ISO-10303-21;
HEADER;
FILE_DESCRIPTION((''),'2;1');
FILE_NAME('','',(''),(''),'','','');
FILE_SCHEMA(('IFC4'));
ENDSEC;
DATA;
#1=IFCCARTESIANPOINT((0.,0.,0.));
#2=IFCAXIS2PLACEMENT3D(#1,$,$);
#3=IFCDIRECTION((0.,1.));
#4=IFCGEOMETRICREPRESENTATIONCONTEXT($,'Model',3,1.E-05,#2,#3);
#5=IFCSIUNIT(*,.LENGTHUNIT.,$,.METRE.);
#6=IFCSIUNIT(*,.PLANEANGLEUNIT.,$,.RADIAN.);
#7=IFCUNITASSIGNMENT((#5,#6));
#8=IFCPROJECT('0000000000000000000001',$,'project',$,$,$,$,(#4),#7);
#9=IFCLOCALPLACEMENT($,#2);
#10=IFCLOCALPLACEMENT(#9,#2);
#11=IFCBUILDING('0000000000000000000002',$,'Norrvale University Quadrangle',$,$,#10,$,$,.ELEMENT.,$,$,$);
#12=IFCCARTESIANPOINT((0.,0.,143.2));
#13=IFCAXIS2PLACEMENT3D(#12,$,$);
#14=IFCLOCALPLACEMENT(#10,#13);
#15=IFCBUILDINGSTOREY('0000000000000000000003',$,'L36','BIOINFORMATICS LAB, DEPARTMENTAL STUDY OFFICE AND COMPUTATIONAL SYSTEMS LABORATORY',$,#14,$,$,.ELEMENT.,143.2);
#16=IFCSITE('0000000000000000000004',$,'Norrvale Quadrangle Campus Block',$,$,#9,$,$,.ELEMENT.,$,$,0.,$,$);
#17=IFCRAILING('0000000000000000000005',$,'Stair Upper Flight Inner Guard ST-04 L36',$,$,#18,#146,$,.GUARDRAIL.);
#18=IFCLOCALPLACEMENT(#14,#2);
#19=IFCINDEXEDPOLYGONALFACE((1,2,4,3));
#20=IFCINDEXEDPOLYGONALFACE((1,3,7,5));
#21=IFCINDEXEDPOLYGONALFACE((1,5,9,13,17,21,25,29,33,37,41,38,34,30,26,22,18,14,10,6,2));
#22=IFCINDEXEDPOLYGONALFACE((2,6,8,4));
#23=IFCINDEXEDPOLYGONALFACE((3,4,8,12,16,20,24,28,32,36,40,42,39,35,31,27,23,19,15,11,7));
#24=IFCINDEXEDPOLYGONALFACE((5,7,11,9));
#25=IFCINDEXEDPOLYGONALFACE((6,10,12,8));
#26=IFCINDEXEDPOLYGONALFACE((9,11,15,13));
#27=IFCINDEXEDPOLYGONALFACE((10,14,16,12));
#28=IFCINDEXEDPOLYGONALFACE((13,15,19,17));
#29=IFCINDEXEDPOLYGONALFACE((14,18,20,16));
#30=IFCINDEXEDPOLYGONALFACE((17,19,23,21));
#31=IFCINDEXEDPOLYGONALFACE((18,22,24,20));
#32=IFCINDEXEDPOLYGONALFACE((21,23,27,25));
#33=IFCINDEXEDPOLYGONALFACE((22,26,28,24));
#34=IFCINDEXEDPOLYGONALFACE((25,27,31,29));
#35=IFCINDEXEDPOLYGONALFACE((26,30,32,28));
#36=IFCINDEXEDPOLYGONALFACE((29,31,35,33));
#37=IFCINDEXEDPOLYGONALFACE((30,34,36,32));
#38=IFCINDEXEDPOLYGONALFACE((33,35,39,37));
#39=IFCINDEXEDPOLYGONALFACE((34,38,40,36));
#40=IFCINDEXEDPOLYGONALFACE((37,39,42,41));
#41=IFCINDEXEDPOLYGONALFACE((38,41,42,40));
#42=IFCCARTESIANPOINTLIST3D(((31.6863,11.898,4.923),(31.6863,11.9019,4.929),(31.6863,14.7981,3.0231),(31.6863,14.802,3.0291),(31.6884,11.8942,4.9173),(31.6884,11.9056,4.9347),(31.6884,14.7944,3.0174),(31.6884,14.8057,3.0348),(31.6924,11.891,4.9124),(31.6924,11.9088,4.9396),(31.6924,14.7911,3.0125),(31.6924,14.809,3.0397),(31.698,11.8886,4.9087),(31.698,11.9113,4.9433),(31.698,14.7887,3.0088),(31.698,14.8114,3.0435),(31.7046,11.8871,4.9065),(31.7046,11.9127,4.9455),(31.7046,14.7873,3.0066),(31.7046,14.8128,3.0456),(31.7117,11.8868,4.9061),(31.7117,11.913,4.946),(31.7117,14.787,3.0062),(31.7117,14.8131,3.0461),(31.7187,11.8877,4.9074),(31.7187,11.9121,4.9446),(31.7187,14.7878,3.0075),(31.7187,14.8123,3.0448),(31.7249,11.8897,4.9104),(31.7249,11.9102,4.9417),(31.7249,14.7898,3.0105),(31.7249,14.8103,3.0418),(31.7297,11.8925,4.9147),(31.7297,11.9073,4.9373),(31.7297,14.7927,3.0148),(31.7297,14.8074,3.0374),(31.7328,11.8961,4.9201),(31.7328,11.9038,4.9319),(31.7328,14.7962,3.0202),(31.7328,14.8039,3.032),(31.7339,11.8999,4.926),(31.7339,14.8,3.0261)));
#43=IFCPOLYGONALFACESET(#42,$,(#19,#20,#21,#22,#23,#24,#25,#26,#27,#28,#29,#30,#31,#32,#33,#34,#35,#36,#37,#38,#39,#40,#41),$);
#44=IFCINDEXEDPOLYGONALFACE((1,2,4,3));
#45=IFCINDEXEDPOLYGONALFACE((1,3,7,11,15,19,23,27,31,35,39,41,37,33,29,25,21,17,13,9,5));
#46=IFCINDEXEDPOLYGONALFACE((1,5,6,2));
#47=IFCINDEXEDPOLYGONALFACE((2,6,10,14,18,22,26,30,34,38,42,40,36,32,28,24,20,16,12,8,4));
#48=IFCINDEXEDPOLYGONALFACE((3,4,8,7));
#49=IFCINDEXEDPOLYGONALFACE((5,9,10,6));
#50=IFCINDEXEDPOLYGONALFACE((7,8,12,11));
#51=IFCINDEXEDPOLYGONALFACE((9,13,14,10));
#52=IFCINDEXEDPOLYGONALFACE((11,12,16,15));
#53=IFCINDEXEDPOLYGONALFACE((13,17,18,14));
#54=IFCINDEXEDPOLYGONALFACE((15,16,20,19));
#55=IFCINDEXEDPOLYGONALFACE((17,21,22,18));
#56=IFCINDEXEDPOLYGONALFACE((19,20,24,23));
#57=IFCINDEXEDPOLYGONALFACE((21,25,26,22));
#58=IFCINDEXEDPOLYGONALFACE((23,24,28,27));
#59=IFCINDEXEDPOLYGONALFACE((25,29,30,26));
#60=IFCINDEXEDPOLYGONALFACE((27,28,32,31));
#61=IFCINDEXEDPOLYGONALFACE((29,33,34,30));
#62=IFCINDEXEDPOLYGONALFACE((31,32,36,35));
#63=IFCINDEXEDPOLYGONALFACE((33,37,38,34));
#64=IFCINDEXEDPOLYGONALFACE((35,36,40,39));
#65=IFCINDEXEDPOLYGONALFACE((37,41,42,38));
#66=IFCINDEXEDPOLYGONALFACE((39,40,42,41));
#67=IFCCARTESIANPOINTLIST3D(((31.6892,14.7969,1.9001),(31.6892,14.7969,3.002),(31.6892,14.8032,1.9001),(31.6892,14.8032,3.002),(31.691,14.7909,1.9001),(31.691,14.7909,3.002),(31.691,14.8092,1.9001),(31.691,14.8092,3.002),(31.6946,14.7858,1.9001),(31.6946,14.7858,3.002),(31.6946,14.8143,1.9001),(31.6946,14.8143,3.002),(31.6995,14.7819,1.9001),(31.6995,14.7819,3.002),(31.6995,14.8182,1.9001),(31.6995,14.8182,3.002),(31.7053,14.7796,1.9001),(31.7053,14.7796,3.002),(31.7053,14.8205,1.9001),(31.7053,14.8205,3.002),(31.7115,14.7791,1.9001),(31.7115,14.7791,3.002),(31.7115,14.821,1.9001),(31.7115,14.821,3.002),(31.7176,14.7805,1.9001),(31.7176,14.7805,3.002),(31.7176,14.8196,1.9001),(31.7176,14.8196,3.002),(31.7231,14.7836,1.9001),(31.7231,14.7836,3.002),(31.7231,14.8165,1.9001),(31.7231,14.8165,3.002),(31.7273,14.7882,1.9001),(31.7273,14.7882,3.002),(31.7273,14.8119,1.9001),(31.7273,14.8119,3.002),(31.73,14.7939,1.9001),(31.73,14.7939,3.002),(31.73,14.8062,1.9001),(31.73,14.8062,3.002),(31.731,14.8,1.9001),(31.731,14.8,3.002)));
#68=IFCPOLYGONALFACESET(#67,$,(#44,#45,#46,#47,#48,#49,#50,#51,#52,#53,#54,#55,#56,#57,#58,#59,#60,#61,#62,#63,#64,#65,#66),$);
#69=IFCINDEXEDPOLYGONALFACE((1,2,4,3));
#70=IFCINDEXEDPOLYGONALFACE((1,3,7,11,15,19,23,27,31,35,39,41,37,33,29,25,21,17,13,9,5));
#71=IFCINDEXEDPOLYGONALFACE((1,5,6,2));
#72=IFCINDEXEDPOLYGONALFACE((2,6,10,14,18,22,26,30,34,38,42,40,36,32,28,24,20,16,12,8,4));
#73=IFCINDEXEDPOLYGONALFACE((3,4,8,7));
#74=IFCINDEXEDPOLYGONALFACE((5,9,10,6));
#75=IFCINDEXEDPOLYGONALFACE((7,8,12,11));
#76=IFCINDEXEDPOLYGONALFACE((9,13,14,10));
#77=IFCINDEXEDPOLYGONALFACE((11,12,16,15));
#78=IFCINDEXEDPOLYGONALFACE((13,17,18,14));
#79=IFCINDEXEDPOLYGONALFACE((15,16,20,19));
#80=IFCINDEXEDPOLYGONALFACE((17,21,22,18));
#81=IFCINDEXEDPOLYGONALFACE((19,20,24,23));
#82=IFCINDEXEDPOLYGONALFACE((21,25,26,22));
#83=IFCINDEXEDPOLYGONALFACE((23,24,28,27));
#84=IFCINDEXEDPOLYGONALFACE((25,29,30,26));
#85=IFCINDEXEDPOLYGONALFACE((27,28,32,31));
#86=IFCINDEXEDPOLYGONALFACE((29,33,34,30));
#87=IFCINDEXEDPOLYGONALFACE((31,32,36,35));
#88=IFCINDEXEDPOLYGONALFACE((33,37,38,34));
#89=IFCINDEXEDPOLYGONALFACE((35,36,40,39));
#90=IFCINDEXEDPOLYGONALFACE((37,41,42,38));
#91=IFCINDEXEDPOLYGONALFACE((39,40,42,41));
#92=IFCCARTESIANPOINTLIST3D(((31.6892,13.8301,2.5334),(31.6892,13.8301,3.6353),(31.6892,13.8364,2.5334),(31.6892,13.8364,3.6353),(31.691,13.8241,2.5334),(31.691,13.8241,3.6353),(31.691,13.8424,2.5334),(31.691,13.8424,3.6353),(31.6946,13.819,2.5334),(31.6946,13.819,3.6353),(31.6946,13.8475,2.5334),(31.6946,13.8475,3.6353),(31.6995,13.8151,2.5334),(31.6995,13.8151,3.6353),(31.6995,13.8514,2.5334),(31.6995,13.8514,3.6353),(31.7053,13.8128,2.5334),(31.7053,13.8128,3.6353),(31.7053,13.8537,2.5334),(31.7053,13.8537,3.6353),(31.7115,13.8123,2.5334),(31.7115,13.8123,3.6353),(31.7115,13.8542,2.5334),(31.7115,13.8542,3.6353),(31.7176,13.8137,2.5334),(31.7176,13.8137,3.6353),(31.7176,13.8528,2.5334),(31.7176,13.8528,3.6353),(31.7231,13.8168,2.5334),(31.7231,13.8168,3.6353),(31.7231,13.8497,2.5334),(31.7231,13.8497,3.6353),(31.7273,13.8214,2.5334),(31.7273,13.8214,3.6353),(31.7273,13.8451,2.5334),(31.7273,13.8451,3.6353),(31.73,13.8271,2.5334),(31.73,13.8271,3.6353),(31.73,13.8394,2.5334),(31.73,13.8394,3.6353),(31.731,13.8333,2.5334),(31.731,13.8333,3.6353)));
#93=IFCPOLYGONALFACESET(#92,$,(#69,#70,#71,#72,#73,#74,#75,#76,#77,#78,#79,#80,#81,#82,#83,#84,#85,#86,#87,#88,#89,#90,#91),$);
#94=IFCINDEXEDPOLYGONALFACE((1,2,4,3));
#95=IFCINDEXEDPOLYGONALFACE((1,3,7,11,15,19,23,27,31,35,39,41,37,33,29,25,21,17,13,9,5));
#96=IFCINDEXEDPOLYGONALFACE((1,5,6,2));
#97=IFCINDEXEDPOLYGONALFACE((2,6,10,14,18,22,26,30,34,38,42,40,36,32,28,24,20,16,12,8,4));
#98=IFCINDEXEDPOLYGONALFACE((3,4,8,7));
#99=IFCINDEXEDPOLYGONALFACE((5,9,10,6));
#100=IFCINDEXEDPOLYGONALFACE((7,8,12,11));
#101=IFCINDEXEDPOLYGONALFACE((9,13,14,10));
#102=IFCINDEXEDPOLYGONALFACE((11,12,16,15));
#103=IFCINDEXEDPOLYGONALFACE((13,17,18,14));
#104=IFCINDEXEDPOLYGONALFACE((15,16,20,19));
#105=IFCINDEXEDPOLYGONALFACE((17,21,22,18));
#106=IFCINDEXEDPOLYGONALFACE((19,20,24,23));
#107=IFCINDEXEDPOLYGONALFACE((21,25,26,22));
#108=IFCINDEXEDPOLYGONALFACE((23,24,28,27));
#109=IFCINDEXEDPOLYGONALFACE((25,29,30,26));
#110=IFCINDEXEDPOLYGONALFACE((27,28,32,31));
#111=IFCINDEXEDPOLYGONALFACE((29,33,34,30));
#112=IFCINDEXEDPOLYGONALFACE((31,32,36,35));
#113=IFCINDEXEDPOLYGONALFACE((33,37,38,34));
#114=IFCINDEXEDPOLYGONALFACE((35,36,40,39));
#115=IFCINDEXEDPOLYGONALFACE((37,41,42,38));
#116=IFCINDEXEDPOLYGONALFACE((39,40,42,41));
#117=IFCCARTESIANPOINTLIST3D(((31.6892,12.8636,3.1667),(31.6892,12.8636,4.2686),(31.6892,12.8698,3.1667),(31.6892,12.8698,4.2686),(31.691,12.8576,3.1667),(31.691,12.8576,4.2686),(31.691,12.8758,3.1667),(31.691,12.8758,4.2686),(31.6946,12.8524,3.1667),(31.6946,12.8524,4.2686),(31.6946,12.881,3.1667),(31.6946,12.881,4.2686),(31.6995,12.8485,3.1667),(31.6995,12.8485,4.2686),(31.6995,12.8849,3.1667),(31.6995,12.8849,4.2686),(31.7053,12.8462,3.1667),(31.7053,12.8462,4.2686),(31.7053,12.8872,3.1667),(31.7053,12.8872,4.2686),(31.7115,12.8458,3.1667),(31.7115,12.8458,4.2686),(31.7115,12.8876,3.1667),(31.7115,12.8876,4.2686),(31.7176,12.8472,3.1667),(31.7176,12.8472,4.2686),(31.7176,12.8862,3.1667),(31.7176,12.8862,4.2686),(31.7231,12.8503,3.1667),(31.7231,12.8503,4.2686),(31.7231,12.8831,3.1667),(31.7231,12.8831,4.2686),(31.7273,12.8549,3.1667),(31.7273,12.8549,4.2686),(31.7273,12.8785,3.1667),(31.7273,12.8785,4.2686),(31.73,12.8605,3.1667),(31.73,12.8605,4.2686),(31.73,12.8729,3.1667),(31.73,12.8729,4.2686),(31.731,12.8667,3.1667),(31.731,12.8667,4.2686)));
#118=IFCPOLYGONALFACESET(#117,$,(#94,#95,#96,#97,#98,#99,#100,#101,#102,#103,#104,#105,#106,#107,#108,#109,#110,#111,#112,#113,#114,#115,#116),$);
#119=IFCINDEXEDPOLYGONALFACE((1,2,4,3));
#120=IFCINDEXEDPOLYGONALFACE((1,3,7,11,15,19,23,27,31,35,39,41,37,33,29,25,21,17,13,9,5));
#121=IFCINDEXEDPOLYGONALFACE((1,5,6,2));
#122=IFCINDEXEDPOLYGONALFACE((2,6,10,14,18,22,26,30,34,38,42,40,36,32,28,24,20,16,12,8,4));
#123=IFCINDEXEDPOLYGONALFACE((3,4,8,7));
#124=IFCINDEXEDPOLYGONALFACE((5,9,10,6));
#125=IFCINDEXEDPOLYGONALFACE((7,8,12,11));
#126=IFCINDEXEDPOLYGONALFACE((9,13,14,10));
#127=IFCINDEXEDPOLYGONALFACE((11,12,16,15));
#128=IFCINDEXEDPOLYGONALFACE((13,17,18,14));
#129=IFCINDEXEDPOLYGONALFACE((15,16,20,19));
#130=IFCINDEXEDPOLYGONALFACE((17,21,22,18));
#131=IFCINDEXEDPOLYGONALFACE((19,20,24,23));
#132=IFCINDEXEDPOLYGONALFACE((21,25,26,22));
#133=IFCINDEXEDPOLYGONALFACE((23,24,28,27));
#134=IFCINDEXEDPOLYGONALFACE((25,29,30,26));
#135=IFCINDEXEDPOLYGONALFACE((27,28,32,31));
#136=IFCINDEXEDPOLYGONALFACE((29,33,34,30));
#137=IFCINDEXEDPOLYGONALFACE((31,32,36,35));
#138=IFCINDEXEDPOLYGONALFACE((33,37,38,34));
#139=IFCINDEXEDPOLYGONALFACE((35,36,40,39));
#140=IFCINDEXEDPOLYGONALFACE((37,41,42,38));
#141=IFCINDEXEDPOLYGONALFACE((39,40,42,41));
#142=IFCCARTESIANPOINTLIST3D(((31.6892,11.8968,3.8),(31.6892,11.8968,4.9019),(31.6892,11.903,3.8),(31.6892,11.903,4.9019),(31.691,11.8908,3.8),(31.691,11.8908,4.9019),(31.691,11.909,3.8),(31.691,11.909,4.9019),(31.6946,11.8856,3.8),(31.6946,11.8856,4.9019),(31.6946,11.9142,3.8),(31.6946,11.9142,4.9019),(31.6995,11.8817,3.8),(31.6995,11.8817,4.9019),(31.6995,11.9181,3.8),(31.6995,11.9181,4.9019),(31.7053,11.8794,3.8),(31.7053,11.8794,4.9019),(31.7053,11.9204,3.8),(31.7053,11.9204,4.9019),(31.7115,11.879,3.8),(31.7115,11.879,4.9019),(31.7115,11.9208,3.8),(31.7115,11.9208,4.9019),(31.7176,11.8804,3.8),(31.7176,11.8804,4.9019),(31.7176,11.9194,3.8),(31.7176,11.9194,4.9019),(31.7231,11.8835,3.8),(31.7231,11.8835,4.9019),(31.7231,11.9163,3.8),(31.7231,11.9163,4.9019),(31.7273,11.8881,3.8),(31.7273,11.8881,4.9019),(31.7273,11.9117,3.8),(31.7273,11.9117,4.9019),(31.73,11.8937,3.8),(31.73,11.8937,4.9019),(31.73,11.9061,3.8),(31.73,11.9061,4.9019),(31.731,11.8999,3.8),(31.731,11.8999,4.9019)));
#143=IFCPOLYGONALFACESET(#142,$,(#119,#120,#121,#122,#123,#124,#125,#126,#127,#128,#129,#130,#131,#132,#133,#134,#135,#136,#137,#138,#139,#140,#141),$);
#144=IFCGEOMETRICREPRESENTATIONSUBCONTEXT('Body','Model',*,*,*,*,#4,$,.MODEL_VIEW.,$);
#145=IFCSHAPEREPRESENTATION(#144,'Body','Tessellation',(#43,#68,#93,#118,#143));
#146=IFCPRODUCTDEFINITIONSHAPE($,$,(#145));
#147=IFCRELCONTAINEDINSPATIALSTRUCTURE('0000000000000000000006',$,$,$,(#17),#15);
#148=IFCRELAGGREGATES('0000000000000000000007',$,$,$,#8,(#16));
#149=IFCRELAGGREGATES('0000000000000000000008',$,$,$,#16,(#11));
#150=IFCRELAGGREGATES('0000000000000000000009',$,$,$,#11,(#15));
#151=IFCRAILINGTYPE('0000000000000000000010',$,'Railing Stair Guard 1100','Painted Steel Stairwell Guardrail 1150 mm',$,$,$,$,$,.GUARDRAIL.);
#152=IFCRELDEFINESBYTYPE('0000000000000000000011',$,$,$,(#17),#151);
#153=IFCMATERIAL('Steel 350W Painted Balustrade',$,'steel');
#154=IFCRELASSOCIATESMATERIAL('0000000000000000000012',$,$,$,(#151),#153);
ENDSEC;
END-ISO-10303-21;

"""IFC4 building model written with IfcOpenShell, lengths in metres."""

from ifc_helpers import new_model, si_unit, direction, frame, origin, origin_2d, place, context, subcontext, project, spatial, circle, extrude, material, type_object, element, save


model = new_model("IFC4")

# Units and contexts
model_context = context("Model", 3, precision=1e-05, world=origin(), true_north=direction((0.0, 1.0)))
body_context = subcontext(model_context, "Body", "Model", "MODEL_VIEW")
ifc_project = project(units=[si_unit("LENGTHUNIT", "METRE"), si_unit("PLANEANGLEUNIT", "RADIAN")], contexts=[model_context])

# Site, building, storey
site_placement = place(None, origin())
site = spatial("IfcSite", under=ifc_project, at=site_placement, Name="Norrvale Quadrangle Campus Block", CompositionType="ELEMENT", RefElevation=0.0)
building_placement = place(site_placement, origin())
building = spatial("IfcBuilding", under=site, at=building_placement, Name="Norrvale University Quadrangle", CompositionType="ELEMENT")
storey_placement = place(building_placement, frame((0.0, 0.0, 143.2)))
storey = spatial("IfcBuildingStorey", under=building, at=storey_placement, Name="L36", Description="BIOINFORMATICS LAB, DEPARTMENTAL STUDY OFFICE AND COMPUTATIONAL SYSTEMS LABORATORY", CompositionType="ELEMENT", Elevation=143.2)

# Railing
ifc_material_1 = material(Name="Steel 350W Painted Balustrade", Category="steel")
railing_type_1 = type_object("IfcRailingType", Name="Railing Stair Guard 1100", Description="Painted Steel Stairwell Guardrail 1150 mm", PredefinedType="GUARDRAIL", material=ifc_material_1)
railing_1_placement = place(storey_placement, frame((31.71, 14.8, 1.9001)))
element("IfcRailing", 1, at=railing_1_placement, inside=storey, type_object=railing_type_1, Name="Stair Upper Flight Inner Guard ST-04 L36", PredefinedType="GUARDRAIL", context=body_context, shape_type="SweptSolid", body=[
    extrude(circle(Radius=0.0239, at=origin_2d()), frame((0.0, 0.0, 1.126), z_axis=(0.0, -0.836487, 0.547987), x_axis=(1.0, 0.0, 0.0)), (0.0, 0.0, 1.0), 3.467),
    extrude(circle(Radius=0.021, at=origin_2d()), origin(), (0.0, 0.0, 1.0), 1.1018),
    extrude(circle(Radius=0.021, at=origin_2d()), frame((0.0, -0.9668, 0.6333)), (0.0, 0.0, 1.0), 1.1018),
    extrude(circle(Radius=0.021, at=origin_2d()), frame((0.0, -1.9333, 1.2666)), (0.0, 0.0, 1.0), 1.1018),
    extrude(circle(Radius=0.021, at=origin_2d()), frame((0.0, -2.9001, 1.8999)), (0.0, 0.0, 1.0), 1.1018),
])

save(model, "model.ifc")
